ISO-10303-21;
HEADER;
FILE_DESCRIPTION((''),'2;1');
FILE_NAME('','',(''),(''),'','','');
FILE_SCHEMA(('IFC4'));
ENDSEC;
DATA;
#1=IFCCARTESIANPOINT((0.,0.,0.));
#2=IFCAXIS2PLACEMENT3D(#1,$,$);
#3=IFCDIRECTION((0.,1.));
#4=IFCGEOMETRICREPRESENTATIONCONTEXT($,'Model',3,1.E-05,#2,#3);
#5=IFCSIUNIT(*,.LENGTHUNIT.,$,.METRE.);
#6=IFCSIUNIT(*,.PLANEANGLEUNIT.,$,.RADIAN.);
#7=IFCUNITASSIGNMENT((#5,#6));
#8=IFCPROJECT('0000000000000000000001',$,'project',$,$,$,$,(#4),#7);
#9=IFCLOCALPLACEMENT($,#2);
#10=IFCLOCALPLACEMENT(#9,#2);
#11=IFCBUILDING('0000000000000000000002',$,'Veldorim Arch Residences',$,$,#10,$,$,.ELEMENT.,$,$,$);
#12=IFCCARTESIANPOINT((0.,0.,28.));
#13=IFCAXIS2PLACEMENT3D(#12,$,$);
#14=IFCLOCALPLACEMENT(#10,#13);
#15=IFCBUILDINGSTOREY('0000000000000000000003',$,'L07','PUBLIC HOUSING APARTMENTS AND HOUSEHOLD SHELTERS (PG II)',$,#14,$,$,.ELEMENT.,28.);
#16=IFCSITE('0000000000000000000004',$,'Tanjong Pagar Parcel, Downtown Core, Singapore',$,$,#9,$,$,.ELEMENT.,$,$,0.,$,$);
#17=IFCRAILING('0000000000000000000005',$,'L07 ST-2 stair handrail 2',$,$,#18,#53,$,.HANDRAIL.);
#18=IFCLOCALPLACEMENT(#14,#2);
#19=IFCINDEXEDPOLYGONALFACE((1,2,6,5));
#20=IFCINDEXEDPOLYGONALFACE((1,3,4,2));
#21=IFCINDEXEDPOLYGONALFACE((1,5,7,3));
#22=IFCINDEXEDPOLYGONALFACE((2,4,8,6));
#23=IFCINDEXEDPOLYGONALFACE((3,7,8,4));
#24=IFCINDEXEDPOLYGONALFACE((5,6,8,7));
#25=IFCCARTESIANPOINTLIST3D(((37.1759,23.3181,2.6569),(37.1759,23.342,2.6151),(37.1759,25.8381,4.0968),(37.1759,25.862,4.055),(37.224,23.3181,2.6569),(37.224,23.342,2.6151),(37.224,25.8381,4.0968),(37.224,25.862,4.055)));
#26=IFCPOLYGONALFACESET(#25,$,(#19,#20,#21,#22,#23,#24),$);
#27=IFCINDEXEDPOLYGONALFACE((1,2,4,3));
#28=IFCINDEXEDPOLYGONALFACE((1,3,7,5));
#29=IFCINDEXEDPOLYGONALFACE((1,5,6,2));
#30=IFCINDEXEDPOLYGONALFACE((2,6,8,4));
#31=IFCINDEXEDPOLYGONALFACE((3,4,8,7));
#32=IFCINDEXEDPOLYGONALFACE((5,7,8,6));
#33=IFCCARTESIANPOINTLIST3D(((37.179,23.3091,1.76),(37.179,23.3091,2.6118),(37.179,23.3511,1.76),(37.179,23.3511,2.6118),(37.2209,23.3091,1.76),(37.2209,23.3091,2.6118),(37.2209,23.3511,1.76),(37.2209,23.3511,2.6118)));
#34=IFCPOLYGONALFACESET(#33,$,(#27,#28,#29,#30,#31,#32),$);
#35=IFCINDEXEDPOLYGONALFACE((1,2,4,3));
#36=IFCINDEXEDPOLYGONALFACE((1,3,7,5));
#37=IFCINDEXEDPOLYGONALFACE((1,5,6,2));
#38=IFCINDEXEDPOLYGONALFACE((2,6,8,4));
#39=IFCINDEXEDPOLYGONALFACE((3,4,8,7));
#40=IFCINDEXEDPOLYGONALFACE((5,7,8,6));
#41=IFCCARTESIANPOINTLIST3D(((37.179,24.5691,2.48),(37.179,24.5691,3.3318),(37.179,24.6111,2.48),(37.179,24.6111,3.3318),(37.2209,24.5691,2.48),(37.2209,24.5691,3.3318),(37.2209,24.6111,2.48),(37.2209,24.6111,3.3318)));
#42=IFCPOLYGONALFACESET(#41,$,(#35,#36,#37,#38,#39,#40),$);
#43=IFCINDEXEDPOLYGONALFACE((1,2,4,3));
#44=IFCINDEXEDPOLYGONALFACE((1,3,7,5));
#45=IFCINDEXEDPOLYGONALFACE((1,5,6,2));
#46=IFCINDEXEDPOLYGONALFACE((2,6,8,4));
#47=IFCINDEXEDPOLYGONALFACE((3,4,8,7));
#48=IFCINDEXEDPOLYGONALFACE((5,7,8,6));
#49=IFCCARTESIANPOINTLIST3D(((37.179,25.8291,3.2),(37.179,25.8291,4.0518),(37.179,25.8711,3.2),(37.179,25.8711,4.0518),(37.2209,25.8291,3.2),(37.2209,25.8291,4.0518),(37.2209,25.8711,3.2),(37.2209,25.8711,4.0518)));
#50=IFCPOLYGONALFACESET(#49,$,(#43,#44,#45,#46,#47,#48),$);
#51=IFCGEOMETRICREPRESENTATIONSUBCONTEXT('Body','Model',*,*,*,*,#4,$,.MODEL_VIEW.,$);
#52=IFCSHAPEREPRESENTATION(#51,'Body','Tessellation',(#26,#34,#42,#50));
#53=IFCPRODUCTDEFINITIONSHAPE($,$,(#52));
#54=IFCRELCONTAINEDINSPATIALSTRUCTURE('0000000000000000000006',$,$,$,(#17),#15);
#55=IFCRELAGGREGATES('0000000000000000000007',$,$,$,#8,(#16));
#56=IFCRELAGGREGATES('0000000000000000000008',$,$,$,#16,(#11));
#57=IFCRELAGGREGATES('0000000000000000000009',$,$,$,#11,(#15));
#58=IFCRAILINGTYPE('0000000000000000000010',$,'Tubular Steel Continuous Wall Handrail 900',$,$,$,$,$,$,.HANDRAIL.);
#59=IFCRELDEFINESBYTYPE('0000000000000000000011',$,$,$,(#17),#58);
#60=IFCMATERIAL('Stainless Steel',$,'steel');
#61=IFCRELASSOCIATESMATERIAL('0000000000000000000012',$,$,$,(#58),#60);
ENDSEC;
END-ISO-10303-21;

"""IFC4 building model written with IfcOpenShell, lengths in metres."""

from ifc_helpers import new_model, si_unit, direction, frame, origin, origin_2d, place, context, subcontext, project, spatial, rectangle, extrude, material, type_object, element, save


model = new_model("IFC4")

# Units and contexts
model_context = context("Model", 3, precision=1e-05, world=origin(), true_north=direction((0.0, 1.0)))
body_context = subcontext(model_context, "Body", "Model", "MODEL_VIEW")
ifc_project = project(units=[si_unit("LENGTHUNIT", "METRE"), si_unit("PLANEANGLEUNIT", "RADIAN")], contexts=[model_context])

# Site, building, storey
site_placement = place(None, origin())
site = spatial("IfcSite", under=ifc_project, at=site_placement, Name="Tanjong Pagar Parcel, Downtown Core, Singapore", CompositionType="ELEMENT", RefElevation=0.0)
building_placement = place(site_placement, origin())
building = spatial("IfcBuilding", under=site, at=building_placement, Name="Veldorim Arch Residences", CompositionType="ELEMENT")
storey_placement = place(building_placement, frame((0.0, 0.0, 28.0)))
storey = spatial("IfcBuildingStorey", under=building, at=storey_placement, Name="L07", Description="PUBLIC HOUSING APARTMENTS AND HOUSEHOLD SHELTERS (PG II)", CompositionType="ELEMENT", Elevation=28.0)

# Railing
ifc_material_1 = material(Name="Stainless Steel", Category="steel")
railing_type_1 = type_object("IfcRailingType", Name="Tubular Steel Continuous Wall Handrail 900", PredefinedType="HANDRAIL", material=ifc_material_1)
railing_1_placement = place(storey_placement, frame((37.2, 23.3301, 1.76)))
element("IfcRailing", 1, at=railing_1_placement, inside=storey, type_object=railing_type_1, Name="L07 ST-2 stair handrail 2", PredefinedType="HANDRAIL", context=body_context, shape_type="SweptSolid", body=[
    extrude(rectangle(XDim=0.0481, YDim=0.0481, at=origin_2d()), frame((0.0, 0.0, 0.876), z_axis=(0.0, 0.868253, 0.496121), x_axis=(-1.0, 0.0, 0.0)), (0.0, 0.0, 1.0), 2.9023),
    extrude(rectangle(XDim=0.042, YDim=0.042, at=origin_2d()), origin(), (0.0, 0.0, 1.0), 0.8518),
    extrude(rectangle(XDim=0.042, YDim=0.042, at=origin_2d()), frame((0.0, 1.26, 0.72)), (0.0, 0.0, 1.0), 0.8518),
    extrude(rectangle(XDim=0.042, YDim=0.042, at=origin_2d()), frame((0.0, 2.52, 1.4399)), (0.0, 0.0, 1.0), 0.8518),
])

save(model, "model.ifc")
